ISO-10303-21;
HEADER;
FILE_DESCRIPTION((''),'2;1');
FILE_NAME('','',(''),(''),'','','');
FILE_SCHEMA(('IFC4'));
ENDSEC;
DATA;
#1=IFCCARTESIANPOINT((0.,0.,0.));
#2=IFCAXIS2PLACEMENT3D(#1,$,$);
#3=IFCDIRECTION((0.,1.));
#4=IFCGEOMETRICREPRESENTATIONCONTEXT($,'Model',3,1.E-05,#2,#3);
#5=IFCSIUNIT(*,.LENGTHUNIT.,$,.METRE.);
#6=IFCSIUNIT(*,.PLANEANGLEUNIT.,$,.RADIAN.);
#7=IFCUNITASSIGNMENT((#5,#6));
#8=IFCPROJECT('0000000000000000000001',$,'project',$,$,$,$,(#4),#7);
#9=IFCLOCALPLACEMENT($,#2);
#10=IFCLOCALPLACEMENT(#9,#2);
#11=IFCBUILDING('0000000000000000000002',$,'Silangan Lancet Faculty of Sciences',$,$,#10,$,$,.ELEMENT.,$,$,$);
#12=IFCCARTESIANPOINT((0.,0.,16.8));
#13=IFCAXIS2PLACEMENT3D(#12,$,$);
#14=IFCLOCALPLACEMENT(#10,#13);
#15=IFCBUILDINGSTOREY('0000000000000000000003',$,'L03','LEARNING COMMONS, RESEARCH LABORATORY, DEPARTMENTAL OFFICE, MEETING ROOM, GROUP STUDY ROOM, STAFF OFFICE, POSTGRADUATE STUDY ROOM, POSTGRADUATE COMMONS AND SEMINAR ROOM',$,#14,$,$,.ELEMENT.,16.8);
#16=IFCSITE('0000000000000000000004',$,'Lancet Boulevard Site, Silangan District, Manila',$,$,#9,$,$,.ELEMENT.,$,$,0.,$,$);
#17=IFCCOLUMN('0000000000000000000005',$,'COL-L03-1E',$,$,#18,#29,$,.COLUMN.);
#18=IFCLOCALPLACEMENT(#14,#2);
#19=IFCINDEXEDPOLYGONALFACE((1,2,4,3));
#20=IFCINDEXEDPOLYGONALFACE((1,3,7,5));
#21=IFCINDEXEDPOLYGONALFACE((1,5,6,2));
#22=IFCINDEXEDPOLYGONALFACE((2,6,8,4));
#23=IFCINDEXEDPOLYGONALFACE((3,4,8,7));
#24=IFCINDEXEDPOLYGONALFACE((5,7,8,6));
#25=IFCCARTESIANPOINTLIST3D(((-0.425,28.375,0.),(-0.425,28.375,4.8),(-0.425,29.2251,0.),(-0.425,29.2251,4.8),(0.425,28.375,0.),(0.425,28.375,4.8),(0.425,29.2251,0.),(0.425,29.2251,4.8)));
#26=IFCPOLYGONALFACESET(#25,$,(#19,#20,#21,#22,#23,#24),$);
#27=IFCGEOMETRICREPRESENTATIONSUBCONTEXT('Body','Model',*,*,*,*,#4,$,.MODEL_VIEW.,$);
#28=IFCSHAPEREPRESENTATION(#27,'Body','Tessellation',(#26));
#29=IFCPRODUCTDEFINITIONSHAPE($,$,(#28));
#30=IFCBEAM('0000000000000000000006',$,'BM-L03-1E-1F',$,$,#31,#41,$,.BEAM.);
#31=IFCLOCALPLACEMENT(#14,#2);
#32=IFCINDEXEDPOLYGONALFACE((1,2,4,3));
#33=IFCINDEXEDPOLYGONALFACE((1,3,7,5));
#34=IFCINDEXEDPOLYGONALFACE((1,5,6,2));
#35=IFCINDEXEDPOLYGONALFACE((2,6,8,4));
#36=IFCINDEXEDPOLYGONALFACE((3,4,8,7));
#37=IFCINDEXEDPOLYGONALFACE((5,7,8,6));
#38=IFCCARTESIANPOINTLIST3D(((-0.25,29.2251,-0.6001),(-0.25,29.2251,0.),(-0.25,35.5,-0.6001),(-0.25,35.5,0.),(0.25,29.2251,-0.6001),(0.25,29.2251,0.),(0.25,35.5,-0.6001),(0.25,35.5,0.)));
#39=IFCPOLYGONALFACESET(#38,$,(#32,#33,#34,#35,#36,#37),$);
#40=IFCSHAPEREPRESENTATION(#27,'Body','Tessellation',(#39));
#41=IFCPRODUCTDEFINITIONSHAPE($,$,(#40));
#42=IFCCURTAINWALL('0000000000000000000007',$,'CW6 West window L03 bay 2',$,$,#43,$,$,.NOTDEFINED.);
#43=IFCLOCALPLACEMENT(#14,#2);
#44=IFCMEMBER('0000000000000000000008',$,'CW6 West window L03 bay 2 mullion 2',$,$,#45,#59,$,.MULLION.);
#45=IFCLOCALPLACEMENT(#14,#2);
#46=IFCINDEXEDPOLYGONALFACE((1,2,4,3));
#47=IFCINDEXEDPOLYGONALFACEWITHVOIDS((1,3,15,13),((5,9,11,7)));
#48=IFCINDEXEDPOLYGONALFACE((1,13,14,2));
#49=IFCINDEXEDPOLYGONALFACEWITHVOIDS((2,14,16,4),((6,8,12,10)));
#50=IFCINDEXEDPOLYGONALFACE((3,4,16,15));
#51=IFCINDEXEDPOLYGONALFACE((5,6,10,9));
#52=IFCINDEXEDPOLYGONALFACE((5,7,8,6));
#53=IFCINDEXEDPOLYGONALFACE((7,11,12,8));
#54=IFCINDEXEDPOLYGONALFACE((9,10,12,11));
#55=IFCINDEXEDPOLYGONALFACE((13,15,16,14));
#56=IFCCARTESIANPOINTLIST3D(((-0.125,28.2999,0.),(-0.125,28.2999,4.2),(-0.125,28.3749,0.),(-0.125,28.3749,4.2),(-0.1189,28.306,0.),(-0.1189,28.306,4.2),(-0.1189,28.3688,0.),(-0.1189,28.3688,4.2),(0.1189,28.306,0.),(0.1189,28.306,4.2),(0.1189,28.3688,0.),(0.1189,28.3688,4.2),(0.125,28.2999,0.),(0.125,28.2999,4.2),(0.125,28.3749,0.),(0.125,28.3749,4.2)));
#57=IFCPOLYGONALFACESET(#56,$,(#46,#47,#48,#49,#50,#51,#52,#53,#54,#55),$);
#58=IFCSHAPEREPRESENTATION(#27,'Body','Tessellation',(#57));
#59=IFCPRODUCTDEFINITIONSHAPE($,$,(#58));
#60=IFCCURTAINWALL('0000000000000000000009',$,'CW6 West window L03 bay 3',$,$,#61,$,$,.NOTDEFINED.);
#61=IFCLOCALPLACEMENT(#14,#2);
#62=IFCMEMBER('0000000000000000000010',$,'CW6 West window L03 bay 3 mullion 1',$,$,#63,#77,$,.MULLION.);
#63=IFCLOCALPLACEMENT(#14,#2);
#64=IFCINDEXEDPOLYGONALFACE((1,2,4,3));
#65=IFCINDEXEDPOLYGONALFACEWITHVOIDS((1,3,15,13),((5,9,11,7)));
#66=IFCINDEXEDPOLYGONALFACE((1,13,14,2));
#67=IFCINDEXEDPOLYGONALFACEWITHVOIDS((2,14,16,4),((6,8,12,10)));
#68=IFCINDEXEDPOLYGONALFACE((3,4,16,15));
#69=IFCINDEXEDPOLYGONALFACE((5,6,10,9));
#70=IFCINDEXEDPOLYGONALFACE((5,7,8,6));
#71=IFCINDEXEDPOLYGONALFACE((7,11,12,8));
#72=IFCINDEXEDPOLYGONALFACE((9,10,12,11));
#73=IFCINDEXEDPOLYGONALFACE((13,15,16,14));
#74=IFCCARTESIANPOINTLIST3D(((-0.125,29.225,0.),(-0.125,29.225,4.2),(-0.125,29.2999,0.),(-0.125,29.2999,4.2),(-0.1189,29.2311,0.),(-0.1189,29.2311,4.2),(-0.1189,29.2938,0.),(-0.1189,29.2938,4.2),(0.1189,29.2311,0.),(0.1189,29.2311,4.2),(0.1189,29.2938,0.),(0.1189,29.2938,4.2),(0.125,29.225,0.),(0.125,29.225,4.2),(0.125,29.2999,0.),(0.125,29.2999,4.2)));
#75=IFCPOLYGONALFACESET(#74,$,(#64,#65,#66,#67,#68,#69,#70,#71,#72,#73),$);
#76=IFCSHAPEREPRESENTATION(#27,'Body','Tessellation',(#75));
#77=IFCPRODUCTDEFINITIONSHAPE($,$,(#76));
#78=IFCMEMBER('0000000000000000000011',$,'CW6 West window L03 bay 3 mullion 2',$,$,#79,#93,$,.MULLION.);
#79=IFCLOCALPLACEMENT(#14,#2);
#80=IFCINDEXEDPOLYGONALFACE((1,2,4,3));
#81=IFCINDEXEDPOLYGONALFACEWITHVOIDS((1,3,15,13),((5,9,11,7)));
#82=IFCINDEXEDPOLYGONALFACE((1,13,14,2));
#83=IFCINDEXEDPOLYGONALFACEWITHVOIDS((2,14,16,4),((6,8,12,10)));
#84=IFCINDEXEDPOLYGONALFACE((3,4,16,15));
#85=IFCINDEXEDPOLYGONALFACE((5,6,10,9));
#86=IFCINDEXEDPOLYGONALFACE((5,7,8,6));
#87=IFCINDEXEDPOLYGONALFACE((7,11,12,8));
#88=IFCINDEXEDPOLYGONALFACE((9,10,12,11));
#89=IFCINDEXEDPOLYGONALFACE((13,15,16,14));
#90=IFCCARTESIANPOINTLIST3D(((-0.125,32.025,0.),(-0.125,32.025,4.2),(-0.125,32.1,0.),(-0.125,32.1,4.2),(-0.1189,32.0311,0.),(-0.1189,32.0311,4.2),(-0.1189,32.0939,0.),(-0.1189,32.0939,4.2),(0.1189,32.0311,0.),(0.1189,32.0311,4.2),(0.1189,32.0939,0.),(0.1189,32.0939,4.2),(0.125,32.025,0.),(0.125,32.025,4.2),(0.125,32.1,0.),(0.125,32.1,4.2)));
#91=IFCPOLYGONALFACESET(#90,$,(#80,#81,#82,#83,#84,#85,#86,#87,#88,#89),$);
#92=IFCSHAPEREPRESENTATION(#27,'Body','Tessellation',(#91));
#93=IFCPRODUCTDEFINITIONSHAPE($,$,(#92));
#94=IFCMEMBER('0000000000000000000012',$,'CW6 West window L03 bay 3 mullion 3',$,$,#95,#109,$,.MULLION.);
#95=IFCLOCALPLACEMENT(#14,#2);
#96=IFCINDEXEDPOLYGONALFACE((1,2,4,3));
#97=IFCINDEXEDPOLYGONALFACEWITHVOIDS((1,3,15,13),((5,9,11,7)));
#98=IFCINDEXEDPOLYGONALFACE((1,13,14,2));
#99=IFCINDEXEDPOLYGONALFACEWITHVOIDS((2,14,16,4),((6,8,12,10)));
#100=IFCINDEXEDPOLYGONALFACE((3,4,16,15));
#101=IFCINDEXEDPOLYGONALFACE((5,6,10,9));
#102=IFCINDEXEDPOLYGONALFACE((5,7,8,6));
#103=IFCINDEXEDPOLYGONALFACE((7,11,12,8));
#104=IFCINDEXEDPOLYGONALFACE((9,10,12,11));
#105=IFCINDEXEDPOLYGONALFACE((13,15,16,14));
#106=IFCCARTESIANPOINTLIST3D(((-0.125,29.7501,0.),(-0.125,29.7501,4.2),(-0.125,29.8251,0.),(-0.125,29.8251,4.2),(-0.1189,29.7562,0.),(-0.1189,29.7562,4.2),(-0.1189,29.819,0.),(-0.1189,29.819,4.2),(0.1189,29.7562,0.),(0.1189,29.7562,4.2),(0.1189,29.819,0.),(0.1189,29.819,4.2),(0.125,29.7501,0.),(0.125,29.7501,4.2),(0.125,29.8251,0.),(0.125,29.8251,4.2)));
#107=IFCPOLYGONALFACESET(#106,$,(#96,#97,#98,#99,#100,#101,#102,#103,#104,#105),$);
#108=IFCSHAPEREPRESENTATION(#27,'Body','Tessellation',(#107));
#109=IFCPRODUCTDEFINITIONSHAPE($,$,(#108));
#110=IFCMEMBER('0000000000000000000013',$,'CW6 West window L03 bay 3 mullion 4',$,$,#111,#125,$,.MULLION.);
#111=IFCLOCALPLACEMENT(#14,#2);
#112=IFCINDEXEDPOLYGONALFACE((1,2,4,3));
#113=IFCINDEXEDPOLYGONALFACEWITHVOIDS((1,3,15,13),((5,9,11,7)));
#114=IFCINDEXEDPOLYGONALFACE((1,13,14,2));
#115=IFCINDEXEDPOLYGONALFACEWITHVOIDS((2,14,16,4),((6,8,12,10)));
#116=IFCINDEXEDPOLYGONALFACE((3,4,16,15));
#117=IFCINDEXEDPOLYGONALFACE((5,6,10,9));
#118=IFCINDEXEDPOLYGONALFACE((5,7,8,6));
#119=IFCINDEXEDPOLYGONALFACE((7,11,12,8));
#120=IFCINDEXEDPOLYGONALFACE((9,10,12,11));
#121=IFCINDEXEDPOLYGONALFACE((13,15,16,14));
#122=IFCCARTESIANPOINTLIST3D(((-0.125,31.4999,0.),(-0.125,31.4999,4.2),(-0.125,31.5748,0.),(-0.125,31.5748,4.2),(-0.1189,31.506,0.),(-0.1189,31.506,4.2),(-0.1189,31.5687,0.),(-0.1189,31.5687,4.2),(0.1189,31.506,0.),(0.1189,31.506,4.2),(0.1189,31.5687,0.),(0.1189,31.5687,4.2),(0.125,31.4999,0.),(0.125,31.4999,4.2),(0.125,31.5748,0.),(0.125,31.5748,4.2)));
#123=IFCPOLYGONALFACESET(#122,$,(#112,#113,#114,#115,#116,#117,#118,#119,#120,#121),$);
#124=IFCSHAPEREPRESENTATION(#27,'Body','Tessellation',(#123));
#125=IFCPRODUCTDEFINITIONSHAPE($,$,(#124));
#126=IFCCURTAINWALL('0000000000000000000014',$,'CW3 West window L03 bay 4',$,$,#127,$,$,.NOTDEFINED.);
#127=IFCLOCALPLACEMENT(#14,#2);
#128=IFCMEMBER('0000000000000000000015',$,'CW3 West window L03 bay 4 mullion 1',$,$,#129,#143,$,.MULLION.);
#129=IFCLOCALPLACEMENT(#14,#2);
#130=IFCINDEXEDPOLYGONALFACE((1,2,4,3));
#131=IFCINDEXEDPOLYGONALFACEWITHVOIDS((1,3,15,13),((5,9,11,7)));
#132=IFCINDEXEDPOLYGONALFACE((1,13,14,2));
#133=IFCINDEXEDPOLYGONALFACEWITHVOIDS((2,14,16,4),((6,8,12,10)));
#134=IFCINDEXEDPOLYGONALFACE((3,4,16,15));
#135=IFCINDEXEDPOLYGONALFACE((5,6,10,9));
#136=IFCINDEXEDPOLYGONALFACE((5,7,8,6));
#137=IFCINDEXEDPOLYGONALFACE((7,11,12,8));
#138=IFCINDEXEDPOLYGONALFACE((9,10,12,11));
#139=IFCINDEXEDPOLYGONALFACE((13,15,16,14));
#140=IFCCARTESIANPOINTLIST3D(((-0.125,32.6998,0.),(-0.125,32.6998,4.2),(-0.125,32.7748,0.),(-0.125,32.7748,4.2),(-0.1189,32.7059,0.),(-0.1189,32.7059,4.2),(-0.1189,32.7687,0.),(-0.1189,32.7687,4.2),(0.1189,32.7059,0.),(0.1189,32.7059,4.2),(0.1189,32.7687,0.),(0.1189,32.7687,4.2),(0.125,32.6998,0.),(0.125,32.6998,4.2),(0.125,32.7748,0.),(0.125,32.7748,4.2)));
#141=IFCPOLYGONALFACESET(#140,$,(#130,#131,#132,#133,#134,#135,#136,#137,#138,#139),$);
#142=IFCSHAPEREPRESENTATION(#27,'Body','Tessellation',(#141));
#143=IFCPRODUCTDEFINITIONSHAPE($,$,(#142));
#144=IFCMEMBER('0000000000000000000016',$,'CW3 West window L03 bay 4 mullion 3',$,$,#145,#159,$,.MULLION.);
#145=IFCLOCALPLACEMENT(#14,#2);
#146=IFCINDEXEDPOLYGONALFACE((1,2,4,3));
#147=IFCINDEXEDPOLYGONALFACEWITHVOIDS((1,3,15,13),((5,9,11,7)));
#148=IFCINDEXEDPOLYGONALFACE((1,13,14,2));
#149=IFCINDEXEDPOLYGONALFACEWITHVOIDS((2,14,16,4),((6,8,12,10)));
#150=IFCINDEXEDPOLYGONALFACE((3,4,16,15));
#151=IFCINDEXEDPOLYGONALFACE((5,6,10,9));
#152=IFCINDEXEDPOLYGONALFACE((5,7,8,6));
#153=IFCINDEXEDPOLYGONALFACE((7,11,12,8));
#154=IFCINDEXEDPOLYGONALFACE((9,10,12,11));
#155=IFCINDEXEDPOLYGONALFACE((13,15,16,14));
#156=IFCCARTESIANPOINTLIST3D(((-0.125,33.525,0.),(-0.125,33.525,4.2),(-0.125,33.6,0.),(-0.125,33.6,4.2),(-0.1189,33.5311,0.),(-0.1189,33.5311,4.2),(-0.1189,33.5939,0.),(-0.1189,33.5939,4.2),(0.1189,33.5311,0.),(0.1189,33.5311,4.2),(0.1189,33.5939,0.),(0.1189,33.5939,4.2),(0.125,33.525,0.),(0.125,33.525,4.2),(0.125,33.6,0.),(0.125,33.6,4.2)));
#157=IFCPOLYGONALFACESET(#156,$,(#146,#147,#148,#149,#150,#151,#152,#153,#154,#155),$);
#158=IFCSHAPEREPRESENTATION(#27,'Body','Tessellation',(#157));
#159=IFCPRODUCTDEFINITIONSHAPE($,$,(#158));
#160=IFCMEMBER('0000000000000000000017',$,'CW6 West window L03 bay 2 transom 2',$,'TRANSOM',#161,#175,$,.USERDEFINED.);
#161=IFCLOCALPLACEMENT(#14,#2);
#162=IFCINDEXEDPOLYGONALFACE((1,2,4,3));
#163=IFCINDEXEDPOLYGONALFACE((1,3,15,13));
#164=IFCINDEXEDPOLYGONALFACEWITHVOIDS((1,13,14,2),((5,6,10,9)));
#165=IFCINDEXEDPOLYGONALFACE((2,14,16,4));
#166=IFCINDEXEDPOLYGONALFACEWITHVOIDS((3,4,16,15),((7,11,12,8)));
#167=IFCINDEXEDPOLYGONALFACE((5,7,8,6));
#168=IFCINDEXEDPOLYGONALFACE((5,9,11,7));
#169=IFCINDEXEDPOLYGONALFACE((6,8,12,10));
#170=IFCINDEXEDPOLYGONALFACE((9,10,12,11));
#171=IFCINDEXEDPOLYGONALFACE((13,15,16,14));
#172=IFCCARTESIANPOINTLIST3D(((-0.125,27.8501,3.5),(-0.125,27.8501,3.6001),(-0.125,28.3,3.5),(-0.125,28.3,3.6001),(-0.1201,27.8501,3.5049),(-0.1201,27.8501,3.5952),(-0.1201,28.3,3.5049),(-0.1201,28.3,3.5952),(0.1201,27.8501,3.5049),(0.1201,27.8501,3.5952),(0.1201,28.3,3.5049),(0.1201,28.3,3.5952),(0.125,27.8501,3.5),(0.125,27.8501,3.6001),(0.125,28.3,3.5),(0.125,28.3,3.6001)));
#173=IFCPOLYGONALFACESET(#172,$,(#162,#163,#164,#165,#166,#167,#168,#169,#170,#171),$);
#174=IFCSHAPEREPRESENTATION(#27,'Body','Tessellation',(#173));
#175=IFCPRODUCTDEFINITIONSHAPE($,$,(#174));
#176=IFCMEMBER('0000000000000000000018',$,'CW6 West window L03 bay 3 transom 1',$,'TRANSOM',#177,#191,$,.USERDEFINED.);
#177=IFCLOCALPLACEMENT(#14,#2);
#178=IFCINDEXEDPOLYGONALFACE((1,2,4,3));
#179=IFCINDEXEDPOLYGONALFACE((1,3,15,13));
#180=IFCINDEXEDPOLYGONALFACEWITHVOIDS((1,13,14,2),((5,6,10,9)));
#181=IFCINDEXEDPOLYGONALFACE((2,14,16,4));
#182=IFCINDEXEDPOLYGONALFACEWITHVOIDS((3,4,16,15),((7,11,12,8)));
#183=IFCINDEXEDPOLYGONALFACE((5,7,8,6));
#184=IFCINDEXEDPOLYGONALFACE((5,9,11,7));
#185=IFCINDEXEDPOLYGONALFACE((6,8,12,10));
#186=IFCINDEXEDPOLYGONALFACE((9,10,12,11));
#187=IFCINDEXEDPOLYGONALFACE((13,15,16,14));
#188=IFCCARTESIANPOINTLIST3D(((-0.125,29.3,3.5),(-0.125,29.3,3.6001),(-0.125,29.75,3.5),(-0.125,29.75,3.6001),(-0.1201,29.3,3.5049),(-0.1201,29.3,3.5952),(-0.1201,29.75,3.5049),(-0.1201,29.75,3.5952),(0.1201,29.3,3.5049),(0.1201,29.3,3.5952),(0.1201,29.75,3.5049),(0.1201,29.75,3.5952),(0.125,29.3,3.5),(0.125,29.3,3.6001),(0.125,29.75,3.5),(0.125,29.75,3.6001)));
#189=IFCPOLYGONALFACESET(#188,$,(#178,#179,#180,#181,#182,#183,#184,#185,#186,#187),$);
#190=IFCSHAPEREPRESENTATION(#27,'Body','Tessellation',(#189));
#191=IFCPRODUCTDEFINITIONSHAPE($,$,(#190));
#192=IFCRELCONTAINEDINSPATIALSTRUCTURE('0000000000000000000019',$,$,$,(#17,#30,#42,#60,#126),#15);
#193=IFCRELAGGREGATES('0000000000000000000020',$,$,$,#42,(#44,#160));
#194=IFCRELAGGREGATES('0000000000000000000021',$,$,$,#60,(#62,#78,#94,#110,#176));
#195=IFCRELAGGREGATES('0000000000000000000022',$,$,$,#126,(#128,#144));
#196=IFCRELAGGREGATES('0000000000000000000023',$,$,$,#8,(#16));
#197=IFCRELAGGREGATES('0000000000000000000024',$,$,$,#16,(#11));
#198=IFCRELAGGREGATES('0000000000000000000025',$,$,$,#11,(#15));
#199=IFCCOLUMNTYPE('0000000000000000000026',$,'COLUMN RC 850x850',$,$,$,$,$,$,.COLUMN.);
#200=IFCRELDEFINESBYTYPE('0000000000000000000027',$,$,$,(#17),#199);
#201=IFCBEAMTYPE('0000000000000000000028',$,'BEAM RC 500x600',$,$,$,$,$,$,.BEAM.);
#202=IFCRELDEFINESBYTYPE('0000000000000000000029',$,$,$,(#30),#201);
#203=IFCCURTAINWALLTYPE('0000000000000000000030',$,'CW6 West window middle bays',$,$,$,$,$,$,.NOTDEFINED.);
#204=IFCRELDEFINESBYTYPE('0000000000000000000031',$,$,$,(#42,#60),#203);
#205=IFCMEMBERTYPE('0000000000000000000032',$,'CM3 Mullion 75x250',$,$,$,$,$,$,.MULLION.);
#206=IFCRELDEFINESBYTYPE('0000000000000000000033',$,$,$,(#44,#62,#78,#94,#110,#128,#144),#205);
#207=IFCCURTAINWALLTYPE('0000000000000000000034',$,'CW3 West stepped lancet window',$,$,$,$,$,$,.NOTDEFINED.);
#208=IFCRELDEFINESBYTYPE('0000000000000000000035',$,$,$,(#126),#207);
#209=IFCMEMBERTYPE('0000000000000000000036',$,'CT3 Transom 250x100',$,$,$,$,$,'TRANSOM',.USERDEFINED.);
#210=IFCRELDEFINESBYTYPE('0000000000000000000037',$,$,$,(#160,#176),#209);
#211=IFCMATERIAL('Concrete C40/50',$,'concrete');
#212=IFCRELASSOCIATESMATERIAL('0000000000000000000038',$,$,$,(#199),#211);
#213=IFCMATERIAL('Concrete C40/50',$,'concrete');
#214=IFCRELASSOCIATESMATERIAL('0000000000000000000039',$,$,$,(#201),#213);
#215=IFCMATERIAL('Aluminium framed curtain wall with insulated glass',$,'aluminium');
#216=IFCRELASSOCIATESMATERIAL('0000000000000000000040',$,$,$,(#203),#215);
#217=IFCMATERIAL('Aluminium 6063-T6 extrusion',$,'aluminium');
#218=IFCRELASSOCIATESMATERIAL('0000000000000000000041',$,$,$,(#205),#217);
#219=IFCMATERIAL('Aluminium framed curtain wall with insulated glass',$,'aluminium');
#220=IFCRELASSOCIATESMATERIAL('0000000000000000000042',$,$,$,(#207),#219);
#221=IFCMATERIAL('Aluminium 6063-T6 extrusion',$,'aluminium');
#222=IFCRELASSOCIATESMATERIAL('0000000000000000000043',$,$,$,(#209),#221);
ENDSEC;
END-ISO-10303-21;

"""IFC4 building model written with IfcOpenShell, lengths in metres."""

from ifc_helpers import new_model, si_unit, direction, frame, origin, origin_2d, place, context, subcontext, project, spatial, rectangle, hollow_rectangle, extrude, material, material_profile, profile_set, type_object, element, aggregate, save


model = new_model("IFC4")

# Units and contexts
model_context = context("Model", 3, precision=1e-05, world=origin(), true_north=direction((0.0, 1.0)))
body_context = subcontext(model_context, "Body", "Model", "MODEL_VIEW")
ifc_project = project(units=[si_unit("LENGTHUNIT", "METRE"), si_unit("PLANEANGLEUNIT", "RADIAN")], contexts=[model_context])

# Site, building, storey
site_placement = place(None, origin())
site = spatial("IfcSite", under=ifc_project, at=site_placement, Name="Lancet Boulevard Site, Silangan District, Manila", CompositionType="ELEMENT", RefElevation=0.0)
building_placement = place(site_placement, origin())
building = spatial("IfcBuilding", under=site, at=building_placement, Name="Silangan Lancet Faculty of Sciences", CompositionType="ELEMENT")
storey_placement = place(building_placement, frame((0.0, 0.0, 16.8)))
storey = spatial("IfcBuildingStorey", under=building, at=storey_placement, Name="L03", Description="LEARNING COMMONS, RESEARCH LABORATORY, DEPARTMENTAL OFFICE, MEETING ROOM, GROUP STUDY ROOM, STAFF OFFICE, POSTGRADUATE STUDY ROOM, POSTGRADUATE COMMONS AND SEMINAR ROOM", CompositionType="ELEMENT", Elevation=16.8)

# Column
ifc_material_1 = material(Name="Concrete C40/50", Category="concrete")
ifc_material_profile_1 = material_profile(ifc_material_1, rectangle(XDim=0.8501, YDim=0.8501, at=origin_2d()), Name="RC 850x850")
ifc_profile_set_1 = profile_set([ifc_material_profile_1], Name="Concrete C40/50")
column_type = type_object("IfcColumnType", Name="COLUMN RC 850x850", PredefinedType="COLUMN", material=ifc_profile_set_1)
column_placement = place(storey_placement, frame((0.0, 28.8, 0.0), z_axis=(0.0, 0.0, 1.0), x_axis=(1.0, 0.0, 0.0)))
element("IfcColumn", 1, at=column_placement, inside=storey, type_object=column_type, Name="COL-L03-1E", PredefinedType="COLUMN", context=body_context, shape_type="SweptSolid", body=[
    extrude(rectangle(XDim=0.8501, YDim=0.8501, at=origin_2d()), origin(), (0.0, 0.0, 1.0), 4.8),
])

# Beam
ifc_material_2 = material(Name="Concrete C40/50", Category="concrete")
ifc_material_profile_2 = material_profile(ifc_material_2, rectangle(XDim=0.5, YDim=0.6001, at=origin_2d()), Name="RC 500x600")
ifc_profile_set_2 = profile_set([ifc_material_profile_2], Name="Concrete C40/50")
beam_type = type_object("IfcBeamType", Name="BEAM RC 500x600", PredefinedType="BEAM", material=ifc_profile_set_2)
beam_placement = place(storey_placement, frame((0.0, 29.2251, -0.3), z_axis=(0.0, 1.0, 0.0), x_axis=(-1.0, 0.0, 0.0)))
element("IfcBeam", 2, at=beam_placement, inside=storey, type_object=beam_type, Name="BM-L03-1E-1F", PredefinedType="BEAM", context=body_context, shape_type="SweptSolid", body=[
    extrude(rectangle(XDim=0.5, YDim=0.6001, at=origin_2d()), origin(), (0.0, 0.0, 1.0), 6.2749),
])

# Curtain wall, member
ifc_material_3 = material(Name="Aluminium framed curtain wall with insulated glass", Category="aluminium")
curtain_wall_type_1 = type_object("IfcCurtainWallType", Name="CW6 West window middle bays", PredefinedType="NOTDEFINED", material=ifc_material_3)
curtain_wall_1_placement = place(storey_placement, origin())
curtain_wall_1 = element("IfcCurtainWall", 3, at=curtain_wall_1_placement, inside=storey, type_object=curtain_wall_type_1, Name="CW6 West window L03 bay 2", PredefinedType="NOTDEFINED")
ifc_material_4 = material(Name="Aluminium 6063-T6 extrusion", Category="aluminium")
ifc_material_profile_3 = material_profile(ifc_material_4, hollow_rectangle(XDim=0.075, YDim=0.25, WallThickness=0.0061, at=origin_2d()), Name="AL BOX 75x250x6")
ifc_profile_set_3 = profile_set([ifc_material_profile_3], Name="Aluminium 6063-T6 extrusion")
member_type_1 = type_object("IfcMemberType", Name="CM3 Mullion 75x250", PredefinedType="MULLION", material=ifc_profile_set_3)
member_1_placement = place(storey_placement, frame((0.0, 28.3374, 0.0), z_axis=(0.0, 0.0, 1.0), x_axis=(0.0, 1.0, 0.0)))
member_1 = element("IfcMember", 4, at=member_1_placement, type_object=member_type_1, Name="CW6 West window L03 bay 2 mullion 2", PredefinedType="MULLION", context=body_context, shape_type="SweptSolid", body=[
    extrude(hollow_rectangle(XDim=0.075, YDim=0.25, WallThickness=0.0061, at=origin_2d()), origin(), (0.0, 0.0, 1.0), 4.2),
])

# Curtain walls, members
curtain_wall_2_placement = place(storey_placement, origin())
curtain_wall_2 = element("IfcCurtainWall", 5, at=curtain_wall_2_placement, inside=storey, type_object=curtain_wall_type_1, Name="CW6 West window L03 bay 3", PredefinedType="NOTDEFINED")
member_2_placement = place(storey_placement, frame((0.0, 29.2625, 0.0), z_axis=(0.0, 0.0, 1.0), x_axis=(0.0, 1.0, 0.0)))
member_2 = element("IfcMember", 6, at=member_2_placement, type_object=member_type_1, Name="CW6 West window L03 bay 3 mullion 1", PredefinedType="MULLION", context=body_context, shape_type="SweptSolid", body=[
    extrude(hollow_rectangle(XDim=0.075, YDim=0.25, WallThickness=0.0061, at=origin_2d()), origin(), (0.0, 0.0, 1.0), 4.2),
])
member_3_placement = place(storey_placement, frame((0.0, 32.0625, 0.0), z_axis=(0.0, 0.0, 1.0), x_axis=(0.0, 1.0, 0.0)))
member_3 = element("IfcMember", 7, at=member_3_placement, type_object=member_type_1, Name="CW6 West window L03 bay 3 mullion 2", PredefinedType="MULLION", context=body_context, shape_type="SweptSolid", body=[
    extrude(hollow_rectangle(XDim=0.075, YDim=0.25, WallThickness=0.0061, at=origin_2d()), origin(), (0.0, 0.0, 1.0), 4.2),
])
member_4_placement = place(storey_placement, frame((0.0, 29.7876, 0.0), z_axis=(0.0, 0.0, 1.0), x_axis=(0.0, 1.0, 0.0)))
member_4 = element("IfcMember", 8, at=member_4_placement, type_object=member_type_1, Name="CW6 West window L03 bay 3 mullion 3", PredefinedType="MULLION", context=body_context, shape_type="SweptSolid", body=[
    extrude(hollow_rectangle(XDim=0.075, YDim=0.25, WallThickness=0.0061, at=origin_2d()), origin(), (0.0, 0.0, 1.0), 4.2),
])
member_5_placement = place(storey_placement, frame((0.0, 31.5374, 0.0), z_axis=(0.0, 0.0, 1.0), x_axis=(0.0, 1.0, 0.0)))
member_5 = element("IfcMember", 9, at=member_5_placement, type_object=member_type_1, Name="CW6 West window L03 bay 3 mullion 4", PredefinedType="MULLION", context=body_context, shape_type="SweptSolid", body=[
    extrude(hollow_rectangle(XDim=0.075, YDim=0.25, WallThickness=0.0061, at=origin_2d()), origin(), (0.0, 0.0, 1.0), 4.2),
])
ifc_material_5 = material(Name="Aluminium framed curtain wall with insulated glass", Category="aluminium")
curtain_wall_type_2 = type_object("IfcCurtainWallType", Name="CW3 West stepped lancet window", PredefinedType="NOTDEFINED", material=ifc_material_5)
curtain_wall_3_placement = place(storey_placement, origin())
curtain_wall_3 = element("IfcCurtainWall", 10, at=curtain_wall_3_placement, inside=storey, type_object=curtain_wall_type_2, Name="CW3 West window L03 bay 4", PredefinedType="NOTDEFINED")
member_6_placement = place(storey_placement, frame((0.0, 32.7373, 0.0), z_axis=(0.0, 0.0, 1.0), x_axis=(0.0, 1.0, 0.0)))
member_6 = element("IfcMember", 11, at=member_6_placement, type_object=member_type_1, Name="CW3 West window L03 bay 4 mullion 1", PredefinedType="MULLION", context=body_context, shape_type="SweptSolid", body=[
    extrude(hollow_rectangle(XDim=0.075, YDim=0.25, WallThickness=0.0061, at=origin_2d()), origin(), (0.0, 0.0, 1.0), 4.2),
])
member_7_placement = place(storey_placement, frame((0.0, 33.5625, 0.0), z_axis=(0.0, 0.0, 1.0), x_axis=(0.0, 1.0, 0.0)))
member_7 = element("IfcMember", 12, at=member_7_placement, type_object=member_type_1, Name="CW3 West window L03 bay 4 mullion 3", PredefinedType="MULLION", context=body_context, shape_type="SweptSolid", body=[
    extrude(hollow_rectangle(XDim=0.075, YDim=0.25, WallThickness=0.0061, at=origin_2d()), origin(), (0.0, 0.0, 1.0), 4.2),
])

# Members
ifc_material_6 = material(Name="Aluminium 6063-T6 extrusion", Category="aluminium")
ifc_material_profile_4 = material_profile(ifc_material_6, hollow_rectangle(XDim=0.25, YDim=0.1001, WallThickness=0.0049, at=origin_2d()), Name="AL BOX 250x100x5")
ifc_profile_set_4 = profile_set([ifc_material_profile_4], Name="Aluminium 6063-T6 extrusion")
member_type_2 = type_object("IfcMemberType", Name="CT3 Transom 250x100", ElementType="TRANSOM", PredefinedType="USERDEFINED", material=ifc_profile_set_4)
member_8_placement = place(storey_placement, frame((0.0, 27.8501, 3.55), z_axis=(0.0, 1.0, 0.0), x_axis=(-1.0, 0.0, 0.0)))
member_8 = element("IfcMember", 13, at=member_8_placement, type_object=member_type_2, Name="CW6 West window L03 bay 2 transom 2", ObjectType="TRANSOM", PredefinedType="USERDEFINED", context=body_context, shape_type="SweptSolid", body=[
    extrude(hollow_rectangle(XDim=0.25, YDim=0.1001, WallThickness=0.0049, at=origin_2d()), origin(), (0.0, 0.0, 1.0), 0.45),
])
member_9_placement = place(storey_placement, frame((0.0, 29.3, 3.55), z_axis=(0.0, 1.0, 0.0), x_axis=(-1.0, 0.0, 0.0)))
member_9 = element("IfcMember", 14, at=member_9_placement, type_object=member_type_2, Name="CW6 West window L03 bay 3 transom 1", ObjectType="TRANSOM", PredefinedType="USERDEFINED", context=body_context, shape_type="SweptSolid", body=[
    extrude(hollow_rectangle(XDim=0.25, YDim=0.1001, WallThickness=0.0049, at=origin_2d()), origin(), (0.0, 0.0, 1.0), 0.45),
])

aggregate(curtain_wall_1, [member_1, member_8])
aggregate(curtain_wall_2, [member_2, member_3, member_4, member_5, member_9])
aggregate(curtain_wall_3, [member_6, member_7])

save(model, "model.ifc")
